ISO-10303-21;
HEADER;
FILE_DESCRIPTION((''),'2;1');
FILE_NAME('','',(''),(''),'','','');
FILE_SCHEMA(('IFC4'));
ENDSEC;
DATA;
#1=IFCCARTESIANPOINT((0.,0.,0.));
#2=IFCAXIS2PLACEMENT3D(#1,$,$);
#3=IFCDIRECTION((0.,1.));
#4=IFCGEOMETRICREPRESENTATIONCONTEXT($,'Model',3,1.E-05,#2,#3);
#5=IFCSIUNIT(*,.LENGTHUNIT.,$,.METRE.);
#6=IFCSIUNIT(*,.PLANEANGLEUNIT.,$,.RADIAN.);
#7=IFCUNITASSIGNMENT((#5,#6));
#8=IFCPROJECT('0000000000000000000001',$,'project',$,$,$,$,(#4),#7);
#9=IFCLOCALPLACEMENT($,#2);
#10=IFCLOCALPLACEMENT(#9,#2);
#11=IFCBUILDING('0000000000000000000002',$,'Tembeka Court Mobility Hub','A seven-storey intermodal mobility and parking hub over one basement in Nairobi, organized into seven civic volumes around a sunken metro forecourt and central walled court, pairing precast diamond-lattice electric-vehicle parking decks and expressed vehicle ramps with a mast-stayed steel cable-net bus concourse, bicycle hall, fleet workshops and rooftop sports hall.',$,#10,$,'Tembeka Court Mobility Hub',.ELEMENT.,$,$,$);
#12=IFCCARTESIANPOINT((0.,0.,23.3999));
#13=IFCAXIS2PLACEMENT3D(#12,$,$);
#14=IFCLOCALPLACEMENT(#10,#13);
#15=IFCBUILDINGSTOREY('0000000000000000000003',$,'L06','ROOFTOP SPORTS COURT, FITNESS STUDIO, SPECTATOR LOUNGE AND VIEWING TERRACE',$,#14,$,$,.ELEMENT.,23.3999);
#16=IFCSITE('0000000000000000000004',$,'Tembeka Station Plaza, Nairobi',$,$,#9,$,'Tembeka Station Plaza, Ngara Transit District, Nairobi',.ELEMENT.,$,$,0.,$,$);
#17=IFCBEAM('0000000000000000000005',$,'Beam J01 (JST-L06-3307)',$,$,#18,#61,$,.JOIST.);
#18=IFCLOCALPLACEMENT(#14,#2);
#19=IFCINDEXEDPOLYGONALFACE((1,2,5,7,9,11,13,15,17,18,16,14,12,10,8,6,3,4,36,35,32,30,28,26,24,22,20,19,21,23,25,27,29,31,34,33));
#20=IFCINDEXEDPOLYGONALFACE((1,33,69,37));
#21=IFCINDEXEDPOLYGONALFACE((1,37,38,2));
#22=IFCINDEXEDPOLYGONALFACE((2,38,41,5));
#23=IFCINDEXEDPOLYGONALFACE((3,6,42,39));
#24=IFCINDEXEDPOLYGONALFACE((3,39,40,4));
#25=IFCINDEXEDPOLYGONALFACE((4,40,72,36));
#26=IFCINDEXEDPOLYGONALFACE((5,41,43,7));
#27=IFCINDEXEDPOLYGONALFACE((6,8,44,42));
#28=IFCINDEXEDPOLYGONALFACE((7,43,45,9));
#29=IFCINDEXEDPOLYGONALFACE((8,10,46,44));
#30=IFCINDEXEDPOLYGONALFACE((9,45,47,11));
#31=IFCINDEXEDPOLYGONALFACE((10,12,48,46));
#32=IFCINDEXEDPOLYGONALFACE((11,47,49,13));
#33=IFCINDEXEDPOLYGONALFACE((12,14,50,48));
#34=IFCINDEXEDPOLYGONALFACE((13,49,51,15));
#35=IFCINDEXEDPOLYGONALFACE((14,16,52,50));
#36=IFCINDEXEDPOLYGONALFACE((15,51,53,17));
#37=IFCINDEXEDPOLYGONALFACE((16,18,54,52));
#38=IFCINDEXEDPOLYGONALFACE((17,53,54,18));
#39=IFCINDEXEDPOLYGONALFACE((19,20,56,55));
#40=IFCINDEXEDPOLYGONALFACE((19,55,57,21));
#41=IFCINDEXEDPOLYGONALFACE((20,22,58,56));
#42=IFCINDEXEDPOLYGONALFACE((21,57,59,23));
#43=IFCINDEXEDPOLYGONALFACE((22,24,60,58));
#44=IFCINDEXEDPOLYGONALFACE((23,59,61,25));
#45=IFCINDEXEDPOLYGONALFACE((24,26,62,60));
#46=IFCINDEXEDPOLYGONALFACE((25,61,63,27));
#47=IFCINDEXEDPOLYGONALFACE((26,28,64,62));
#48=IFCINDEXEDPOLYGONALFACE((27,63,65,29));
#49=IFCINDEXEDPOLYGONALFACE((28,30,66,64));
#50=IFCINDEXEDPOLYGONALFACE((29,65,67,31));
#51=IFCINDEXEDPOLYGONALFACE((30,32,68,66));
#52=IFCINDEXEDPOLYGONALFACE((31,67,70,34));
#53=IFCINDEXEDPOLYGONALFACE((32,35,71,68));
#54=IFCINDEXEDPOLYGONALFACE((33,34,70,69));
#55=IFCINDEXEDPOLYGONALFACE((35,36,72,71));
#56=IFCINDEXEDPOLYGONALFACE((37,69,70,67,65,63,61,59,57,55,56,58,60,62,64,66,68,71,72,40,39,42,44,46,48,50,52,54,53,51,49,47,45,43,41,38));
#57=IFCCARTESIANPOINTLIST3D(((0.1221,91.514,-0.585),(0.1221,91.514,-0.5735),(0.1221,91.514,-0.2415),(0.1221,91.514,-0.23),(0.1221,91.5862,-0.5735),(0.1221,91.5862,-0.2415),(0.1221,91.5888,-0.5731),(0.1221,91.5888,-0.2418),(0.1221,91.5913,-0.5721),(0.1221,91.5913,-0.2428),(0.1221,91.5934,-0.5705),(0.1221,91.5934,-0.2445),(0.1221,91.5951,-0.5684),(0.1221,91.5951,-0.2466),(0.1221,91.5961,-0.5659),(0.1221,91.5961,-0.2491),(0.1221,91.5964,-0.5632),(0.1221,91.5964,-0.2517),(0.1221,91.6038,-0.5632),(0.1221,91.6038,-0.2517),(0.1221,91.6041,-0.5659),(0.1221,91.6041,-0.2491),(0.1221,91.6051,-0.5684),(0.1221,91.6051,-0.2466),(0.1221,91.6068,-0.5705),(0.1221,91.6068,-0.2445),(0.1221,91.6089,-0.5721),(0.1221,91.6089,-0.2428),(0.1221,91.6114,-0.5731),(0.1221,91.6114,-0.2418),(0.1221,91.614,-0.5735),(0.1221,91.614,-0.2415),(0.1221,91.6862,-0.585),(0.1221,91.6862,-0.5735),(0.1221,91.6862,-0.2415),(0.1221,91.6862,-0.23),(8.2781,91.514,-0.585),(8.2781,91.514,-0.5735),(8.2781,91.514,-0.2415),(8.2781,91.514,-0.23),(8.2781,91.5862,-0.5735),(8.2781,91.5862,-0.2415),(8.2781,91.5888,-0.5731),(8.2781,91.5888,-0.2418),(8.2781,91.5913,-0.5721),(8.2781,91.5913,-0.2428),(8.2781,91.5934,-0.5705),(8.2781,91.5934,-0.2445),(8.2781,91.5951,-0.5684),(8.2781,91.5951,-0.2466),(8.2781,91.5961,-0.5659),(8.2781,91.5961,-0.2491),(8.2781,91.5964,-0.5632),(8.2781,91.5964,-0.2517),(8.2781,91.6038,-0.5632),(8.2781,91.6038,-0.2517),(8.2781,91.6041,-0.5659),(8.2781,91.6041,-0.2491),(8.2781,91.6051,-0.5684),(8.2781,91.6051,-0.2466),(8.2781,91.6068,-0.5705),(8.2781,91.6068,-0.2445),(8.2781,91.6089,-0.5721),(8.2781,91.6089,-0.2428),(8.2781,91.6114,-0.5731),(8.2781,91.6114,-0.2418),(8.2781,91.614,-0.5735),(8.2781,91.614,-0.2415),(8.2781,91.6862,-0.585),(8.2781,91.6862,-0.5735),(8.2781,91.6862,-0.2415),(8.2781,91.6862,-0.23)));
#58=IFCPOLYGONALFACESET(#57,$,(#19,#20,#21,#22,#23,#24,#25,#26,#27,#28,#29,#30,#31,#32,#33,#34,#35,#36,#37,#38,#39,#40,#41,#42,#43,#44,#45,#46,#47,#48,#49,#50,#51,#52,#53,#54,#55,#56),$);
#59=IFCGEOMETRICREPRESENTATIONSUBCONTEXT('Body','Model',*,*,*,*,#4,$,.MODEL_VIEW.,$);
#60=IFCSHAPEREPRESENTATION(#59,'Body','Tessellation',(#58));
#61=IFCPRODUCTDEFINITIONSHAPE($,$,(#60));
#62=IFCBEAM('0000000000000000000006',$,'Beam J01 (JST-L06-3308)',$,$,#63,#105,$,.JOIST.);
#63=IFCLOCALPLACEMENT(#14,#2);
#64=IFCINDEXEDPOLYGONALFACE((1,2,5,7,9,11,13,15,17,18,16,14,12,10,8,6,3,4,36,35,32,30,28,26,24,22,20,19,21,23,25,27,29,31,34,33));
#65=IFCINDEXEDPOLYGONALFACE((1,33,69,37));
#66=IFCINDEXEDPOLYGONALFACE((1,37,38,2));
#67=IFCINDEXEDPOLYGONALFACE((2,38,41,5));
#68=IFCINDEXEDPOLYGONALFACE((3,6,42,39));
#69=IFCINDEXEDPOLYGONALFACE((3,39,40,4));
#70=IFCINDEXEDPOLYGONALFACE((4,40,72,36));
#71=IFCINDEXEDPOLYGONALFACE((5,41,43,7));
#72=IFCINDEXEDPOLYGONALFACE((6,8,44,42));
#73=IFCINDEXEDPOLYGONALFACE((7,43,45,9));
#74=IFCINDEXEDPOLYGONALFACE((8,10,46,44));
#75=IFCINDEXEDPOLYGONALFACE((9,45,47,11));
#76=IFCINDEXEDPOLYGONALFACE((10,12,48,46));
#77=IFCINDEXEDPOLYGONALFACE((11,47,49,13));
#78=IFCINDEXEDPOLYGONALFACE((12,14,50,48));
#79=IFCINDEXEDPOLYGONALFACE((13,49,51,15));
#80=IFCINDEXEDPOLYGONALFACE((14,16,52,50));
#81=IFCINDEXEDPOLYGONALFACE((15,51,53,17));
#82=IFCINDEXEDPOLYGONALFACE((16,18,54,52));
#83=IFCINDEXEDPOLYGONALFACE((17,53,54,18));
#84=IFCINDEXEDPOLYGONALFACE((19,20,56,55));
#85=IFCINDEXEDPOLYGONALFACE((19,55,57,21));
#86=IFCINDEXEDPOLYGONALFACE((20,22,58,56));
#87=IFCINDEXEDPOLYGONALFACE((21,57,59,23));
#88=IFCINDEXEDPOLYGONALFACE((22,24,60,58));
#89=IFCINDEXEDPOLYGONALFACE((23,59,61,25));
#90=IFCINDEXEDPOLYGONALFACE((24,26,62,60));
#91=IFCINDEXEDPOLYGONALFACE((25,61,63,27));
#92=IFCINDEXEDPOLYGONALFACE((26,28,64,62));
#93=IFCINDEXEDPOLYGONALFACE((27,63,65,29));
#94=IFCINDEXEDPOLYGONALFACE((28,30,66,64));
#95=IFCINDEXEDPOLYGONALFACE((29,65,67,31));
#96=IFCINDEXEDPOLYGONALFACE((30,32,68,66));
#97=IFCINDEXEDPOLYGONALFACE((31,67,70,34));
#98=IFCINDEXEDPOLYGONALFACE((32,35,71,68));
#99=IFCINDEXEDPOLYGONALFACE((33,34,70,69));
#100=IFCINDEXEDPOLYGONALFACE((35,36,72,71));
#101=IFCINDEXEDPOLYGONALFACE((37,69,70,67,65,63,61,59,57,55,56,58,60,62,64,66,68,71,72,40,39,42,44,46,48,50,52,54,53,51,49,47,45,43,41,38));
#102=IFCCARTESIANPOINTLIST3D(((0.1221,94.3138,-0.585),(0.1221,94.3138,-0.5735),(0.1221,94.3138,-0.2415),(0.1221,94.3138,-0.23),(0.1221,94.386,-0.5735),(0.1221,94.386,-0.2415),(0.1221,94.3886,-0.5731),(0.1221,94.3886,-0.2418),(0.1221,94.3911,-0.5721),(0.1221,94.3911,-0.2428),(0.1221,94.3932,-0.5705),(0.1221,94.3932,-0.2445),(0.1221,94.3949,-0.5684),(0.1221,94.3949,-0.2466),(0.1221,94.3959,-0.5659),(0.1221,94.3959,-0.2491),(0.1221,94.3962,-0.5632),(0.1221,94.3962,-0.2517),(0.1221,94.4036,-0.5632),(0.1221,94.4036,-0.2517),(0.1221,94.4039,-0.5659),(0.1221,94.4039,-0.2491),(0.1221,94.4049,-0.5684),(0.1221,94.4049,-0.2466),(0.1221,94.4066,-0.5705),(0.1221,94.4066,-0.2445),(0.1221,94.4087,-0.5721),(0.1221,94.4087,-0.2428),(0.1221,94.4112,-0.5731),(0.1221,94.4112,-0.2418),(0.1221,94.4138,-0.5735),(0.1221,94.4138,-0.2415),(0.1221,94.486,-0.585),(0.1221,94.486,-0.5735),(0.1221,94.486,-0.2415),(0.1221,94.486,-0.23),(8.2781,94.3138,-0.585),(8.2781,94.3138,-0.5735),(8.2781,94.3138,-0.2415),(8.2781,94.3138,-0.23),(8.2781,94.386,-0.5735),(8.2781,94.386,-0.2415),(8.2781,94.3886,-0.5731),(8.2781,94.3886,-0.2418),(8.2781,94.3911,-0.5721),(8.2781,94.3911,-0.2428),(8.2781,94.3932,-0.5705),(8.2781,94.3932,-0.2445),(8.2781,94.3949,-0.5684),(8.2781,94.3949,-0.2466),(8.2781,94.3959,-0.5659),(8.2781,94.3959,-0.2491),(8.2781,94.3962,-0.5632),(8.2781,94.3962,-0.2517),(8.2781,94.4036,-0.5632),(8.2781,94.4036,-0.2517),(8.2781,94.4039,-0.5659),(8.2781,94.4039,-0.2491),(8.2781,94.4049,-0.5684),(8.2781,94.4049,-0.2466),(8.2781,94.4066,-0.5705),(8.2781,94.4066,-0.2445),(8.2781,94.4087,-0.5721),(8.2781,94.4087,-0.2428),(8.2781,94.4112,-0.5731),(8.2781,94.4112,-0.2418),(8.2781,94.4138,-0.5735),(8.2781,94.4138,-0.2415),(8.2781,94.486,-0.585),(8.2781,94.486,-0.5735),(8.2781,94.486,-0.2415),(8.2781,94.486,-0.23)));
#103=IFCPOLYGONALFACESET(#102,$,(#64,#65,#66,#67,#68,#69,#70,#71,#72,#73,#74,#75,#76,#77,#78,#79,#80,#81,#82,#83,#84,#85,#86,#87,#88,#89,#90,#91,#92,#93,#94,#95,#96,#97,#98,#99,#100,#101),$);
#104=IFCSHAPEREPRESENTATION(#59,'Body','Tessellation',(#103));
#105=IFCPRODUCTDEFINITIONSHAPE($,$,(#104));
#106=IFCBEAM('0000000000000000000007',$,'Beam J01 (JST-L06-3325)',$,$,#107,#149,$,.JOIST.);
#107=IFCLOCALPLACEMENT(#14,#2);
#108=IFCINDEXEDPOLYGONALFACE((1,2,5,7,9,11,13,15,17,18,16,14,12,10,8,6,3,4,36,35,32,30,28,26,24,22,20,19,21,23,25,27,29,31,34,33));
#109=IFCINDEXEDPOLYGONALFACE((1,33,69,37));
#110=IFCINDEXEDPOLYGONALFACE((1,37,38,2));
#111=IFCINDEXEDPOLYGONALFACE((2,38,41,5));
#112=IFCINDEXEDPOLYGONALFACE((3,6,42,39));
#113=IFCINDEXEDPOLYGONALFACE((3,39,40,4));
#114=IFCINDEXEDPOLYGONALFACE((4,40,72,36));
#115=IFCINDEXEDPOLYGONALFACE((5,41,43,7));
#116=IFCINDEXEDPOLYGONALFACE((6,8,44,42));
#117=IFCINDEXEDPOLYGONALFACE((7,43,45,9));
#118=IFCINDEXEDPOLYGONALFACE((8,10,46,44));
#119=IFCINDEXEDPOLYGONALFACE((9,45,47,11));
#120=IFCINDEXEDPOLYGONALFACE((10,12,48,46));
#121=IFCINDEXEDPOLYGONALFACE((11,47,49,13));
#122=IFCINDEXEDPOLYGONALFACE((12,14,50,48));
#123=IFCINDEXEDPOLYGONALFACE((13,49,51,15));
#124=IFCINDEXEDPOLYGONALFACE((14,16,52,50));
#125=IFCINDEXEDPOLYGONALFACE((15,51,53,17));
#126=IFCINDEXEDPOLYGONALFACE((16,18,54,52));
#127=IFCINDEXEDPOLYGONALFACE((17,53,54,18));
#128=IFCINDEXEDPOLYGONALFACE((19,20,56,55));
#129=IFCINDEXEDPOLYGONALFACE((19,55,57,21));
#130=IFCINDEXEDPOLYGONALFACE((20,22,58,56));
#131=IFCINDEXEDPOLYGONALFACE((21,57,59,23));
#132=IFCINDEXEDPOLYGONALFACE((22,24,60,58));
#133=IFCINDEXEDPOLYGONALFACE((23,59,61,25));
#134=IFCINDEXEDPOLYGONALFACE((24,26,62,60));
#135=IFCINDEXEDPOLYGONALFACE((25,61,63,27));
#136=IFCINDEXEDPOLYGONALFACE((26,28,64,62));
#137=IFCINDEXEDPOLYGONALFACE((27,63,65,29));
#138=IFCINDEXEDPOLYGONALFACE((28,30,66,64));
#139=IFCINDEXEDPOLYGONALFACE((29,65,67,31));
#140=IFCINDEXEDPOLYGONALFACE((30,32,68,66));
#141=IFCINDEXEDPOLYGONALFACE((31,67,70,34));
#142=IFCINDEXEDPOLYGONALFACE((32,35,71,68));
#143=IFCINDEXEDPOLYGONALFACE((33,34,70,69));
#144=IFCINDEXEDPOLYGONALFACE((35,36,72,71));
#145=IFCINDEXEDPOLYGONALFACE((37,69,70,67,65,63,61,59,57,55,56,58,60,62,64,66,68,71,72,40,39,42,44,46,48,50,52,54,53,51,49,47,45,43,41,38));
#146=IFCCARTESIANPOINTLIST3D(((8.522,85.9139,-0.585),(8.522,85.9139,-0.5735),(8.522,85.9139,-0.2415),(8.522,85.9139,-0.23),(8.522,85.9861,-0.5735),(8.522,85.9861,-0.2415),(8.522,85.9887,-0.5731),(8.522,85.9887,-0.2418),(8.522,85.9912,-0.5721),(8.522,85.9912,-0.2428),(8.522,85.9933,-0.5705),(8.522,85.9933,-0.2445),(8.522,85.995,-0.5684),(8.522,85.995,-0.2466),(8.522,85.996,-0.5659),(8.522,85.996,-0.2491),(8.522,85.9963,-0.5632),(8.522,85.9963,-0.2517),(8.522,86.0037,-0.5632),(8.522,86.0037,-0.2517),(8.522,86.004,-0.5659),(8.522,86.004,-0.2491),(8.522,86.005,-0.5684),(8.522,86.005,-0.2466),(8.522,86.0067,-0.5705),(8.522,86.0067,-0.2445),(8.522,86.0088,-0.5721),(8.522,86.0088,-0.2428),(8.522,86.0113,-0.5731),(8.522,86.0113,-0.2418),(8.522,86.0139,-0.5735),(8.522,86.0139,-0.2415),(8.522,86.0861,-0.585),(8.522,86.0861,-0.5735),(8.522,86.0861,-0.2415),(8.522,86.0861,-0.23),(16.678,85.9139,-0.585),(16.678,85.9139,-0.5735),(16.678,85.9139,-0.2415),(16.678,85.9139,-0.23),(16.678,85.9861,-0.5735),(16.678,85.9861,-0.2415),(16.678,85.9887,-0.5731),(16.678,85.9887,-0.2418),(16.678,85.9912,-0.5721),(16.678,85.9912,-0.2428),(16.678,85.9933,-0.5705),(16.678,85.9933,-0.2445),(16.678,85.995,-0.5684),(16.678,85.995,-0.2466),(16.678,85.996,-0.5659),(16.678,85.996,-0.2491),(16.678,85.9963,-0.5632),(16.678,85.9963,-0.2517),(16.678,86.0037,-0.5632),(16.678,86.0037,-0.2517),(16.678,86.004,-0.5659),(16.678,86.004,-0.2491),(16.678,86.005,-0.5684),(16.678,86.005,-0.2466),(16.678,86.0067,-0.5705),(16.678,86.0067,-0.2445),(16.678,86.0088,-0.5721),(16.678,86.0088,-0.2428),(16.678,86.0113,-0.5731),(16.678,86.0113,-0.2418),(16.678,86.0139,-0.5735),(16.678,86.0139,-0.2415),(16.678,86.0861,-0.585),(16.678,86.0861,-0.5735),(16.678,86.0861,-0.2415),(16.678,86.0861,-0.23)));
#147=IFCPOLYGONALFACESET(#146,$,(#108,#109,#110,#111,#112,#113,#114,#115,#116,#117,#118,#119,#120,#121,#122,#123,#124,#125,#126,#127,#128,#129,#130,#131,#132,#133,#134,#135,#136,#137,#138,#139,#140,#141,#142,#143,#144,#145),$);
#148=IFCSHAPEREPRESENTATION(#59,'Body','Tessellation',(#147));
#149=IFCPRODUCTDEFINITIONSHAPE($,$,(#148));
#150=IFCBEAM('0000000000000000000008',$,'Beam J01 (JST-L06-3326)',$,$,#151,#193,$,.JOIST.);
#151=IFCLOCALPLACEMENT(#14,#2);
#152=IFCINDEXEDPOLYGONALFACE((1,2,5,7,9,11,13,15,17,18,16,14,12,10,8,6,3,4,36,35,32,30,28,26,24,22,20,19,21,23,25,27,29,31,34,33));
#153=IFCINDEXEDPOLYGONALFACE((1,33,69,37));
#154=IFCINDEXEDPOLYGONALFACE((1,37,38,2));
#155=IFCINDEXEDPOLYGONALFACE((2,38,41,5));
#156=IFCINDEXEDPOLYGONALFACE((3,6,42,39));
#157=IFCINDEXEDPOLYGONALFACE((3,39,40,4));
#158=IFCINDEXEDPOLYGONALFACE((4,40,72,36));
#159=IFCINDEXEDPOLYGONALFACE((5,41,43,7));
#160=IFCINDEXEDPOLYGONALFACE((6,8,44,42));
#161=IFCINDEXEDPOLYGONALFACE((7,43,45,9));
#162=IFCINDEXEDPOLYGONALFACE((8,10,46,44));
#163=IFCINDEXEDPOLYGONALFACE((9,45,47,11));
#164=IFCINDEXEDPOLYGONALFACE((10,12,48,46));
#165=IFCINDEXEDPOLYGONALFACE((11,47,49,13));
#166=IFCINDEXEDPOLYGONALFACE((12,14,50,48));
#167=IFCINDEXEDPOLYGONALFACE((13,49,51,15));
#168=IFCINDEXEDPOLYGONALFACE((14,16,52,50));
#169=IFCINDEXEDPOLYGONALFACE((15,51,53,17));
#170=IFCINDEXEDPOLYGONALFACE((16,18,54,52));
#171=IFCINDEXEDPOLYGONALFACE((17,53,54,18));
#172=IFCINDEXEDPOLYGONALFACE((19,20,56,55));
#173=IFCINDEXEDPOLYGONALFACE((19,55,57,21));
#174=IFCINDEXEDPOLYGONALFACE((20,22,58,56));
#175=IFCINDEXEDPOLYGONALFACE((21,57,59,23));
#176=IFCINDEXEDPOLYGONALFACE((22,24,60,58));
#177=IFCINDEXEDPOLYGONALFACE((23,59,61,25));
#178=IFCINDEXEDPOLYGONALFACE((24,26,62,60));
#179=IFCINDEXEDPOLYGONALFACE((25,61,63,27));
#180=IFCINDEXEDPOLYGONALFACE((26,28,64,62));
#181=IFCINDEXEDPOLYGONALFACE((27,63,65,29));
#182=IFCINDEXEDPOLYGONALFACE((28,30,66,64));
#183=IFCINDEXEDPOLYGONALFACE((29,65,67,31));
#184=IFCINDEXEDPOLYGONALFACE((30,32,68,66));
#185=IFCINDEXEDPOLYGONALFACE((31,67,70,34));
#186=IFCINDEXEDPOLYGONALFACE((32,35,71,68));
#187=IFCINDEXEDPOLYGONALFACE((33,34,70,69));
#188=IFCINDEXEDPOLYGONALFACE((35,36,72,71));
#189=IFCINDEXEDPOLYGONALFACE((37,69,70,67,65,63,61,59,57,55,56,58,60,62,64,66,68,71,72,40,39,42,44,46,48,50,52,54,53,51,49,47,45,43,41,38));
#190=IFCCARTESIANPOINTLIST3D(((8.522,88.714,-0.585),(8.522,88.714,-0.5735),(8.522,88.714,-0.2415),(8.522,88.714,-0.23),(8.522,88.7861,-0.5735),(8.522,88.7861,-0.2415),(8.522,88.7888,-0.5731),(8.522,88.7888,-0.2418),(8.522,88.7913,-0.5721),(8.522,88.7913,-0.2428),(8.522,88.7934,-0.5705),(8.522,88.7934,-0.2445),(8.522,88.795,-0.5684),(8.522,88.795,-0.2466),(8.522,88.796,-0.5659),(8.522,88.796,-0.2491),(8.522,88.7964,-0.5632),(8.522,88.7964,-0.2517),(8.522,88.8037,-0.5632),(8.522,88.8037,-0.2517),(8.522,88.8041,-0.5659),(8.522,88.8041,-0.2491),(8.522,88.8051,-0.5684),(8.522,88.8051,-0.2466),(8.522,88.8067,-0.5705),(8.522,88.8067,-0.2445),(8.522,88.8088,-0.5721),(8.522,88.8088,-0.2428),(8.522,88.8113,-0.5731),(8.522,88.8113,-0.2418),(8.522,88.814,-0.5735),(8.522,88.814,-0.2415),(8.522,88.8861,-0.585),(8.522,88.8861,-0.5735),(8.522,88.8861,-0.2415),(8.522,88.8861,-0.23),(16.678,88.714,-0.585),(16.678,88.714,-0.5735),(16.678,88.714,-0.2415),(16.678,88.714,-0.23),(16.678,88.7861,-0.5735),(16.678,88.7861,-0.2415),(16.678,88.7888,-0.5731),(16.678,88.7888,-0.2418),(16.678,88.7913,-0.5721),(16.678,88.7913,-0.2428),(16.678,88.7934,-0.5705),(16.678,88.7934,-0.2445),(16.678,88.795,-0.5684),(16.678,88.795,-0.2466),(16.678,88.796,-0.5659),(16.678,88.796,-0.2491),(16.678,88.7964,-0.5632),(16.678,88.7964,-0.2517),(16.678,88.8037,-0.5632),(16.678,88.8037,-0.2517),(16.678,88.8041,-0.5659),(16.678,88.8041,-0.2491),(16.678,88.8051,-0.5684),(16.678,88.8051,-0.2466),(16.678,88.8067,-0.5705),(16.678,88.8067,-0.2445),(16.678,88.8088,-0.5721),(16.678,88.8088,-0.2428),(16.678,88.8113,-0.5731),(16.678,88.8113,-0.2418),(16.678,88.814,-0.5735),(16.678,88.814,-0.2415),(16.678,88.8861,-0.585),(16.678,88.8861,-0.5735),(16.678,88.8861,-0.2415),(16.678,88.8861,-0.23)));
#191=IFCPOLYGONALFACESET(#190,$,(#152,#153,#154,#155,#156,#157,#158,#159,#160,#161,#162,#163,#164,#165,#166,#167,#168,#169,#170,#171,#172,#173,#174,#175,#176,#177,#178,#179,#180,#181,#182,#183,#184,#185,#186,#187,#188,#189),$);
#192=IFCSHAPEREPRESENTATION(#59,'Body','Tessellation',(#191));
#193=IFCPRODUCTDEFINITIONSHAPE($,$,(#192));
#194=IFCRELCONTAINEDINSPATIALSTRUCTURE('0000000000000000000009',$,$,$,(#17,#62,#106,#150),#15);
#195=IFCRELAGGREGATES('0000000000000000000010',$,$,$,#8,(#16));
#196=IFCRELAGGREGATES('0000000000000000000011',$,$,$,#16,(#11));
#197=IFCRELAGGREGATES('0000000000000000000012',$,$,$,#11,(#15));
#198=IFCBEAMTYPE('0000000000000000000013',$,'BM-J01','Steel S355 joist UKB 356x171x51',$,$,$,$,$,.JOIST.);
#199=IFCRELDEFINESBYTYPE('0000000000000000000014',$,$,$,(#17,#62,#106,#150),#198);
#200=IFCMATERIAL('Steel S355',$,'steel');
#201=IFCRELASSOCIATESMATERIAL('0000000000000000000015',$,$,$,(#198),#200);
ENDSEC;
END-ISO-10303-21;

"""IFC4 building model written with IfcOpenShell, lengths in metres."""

from ifc_helpers import new_model, si_unit, direction, frame, origin, origin_2d, place, context, subcontext, project, spatial, i_section, extrude, material, material_profile, profile_set, type_object, element, save


model = new_model("IFC4")

# Units and contexts
model_context = context("Model", 3, precision=1e-05, world=origin(), true_north=direction((0.0, 1.0)))
body_context = subcontext(model_context, "Body", "Model", "MODEL_VIEW")
ifc_project = project(units=[si_unit("LENGTHUNIT", "METRE"), si_unit("PLANEANGLEUNIT", "RADIAN")], contexts=[model_context])

# Site, building, storey
site_placement = place(None, origin())
site = spatial("IfcSite", under=ifc_project, at=site_placement, Name="Tembeka Station Plaza, Nairobi", LongName="Tembeka Station Plaza, Ngara Transit District, Nairobi", CompositionType="ELEMENT", RefElevation=0.0)
building_placement = place(site_placement, origin())
building = spatial("IfcBuilding", under=site, at=building_placement, Name="Tembeka Court Mobility Hub", Description="A seven-storey intermodal mobility and parking hub over one basement in Nairobi, organized into seven civic volumes around a sunken metro forecourt and central walled court, pairing precast diamond-lattice electric-vehicle parking decks and expressed vehicle ramps with a mast-stayed steel cable-net bus concourse, bicycle hall, fleet workshops and rooftop sports hall.", LongName="Tembeka Court Mobility Hub", CompositionType="ELEMENT")
storey_placement = place(building_placement, frame((0.0, 0.0, 23.3999)))
storey = spatial("IfcBuildingStorey", under=building, at=storey_placement, Name="L06", Description="ROOFTOP SPORTS COURT, FITNESS STUDIO, SPECTATOR LOUNGE AND VIEWING TERRACE", CompositionType="ELEMENT", Elevation=23.3999)

# Beams
ifc_material_1 = material(Name="Steel S355", Category="steel")
ifc_material_profile_1 = material_profile(ifc_material_1, i_section(OverallWidth=0.1721, OverallDepth=0.355, WebThickness=0.0073, FlangeThickness=0.0115, FilletRadius=0.0103, at=origin_2d()), Name="UKB 356x171x51")
ifc_profile_set_1 = profile_set([ifc_material_profile_1], Name="Steel S355")
beam_type_1 = type_object("IfcBeamType", Name="BM-J01", Description="Steel S355 joist UKB 356x171x51", PredefinedType="JOIST", material=ifc_profile_set_1)
for number, where, z_axis, x_axis, name in (
    (1, (0.1221, 91.6001, -0.4075), (1.0, 0.0, 0.0), (0.0, 1.0, 0.0), "Beam J01 (JST-L06-3307)"),
    (2, (0.1221, 94.3999, -0.4075), (1.0, 0.0, 0.0), (0.0, 1.0, 0.0), "Beam J01 (JST-L06-3308)"),
    (3, (8.522, 86.0, -0.4075), (1.0, 0.0, 0.0), (0.0, 1.0, 0.0), "Beam J01 (JST-L06-3325)"),
    (4, (8.522, 88.8, -0.4075), (1.0, 0.0, 0.0), (0.0, 1.0, 0.0), "Beam J01 (JST-L06-3326)"),
):
    element("IfcBeam", number, at=place(storey_placement, frame(where, z_axis=z_axis, x_axis=x_axis)), inside=storey, type_object=beam_type_1, Name=name, PredefinedType="JOIST", context=body_context, shape_type="SweptSolid", body=[
        extrude(i_section(OverallWidth=0.1721, OverallDepth=0.355, WebThickness=0.0073, FlangeThickness=0.0115, FilletRadius=0.0103, at=origin_2d()), origin(), (0.0, 0.0, 1.0), 8.156),
    ])

save(model, "model.ifc")
